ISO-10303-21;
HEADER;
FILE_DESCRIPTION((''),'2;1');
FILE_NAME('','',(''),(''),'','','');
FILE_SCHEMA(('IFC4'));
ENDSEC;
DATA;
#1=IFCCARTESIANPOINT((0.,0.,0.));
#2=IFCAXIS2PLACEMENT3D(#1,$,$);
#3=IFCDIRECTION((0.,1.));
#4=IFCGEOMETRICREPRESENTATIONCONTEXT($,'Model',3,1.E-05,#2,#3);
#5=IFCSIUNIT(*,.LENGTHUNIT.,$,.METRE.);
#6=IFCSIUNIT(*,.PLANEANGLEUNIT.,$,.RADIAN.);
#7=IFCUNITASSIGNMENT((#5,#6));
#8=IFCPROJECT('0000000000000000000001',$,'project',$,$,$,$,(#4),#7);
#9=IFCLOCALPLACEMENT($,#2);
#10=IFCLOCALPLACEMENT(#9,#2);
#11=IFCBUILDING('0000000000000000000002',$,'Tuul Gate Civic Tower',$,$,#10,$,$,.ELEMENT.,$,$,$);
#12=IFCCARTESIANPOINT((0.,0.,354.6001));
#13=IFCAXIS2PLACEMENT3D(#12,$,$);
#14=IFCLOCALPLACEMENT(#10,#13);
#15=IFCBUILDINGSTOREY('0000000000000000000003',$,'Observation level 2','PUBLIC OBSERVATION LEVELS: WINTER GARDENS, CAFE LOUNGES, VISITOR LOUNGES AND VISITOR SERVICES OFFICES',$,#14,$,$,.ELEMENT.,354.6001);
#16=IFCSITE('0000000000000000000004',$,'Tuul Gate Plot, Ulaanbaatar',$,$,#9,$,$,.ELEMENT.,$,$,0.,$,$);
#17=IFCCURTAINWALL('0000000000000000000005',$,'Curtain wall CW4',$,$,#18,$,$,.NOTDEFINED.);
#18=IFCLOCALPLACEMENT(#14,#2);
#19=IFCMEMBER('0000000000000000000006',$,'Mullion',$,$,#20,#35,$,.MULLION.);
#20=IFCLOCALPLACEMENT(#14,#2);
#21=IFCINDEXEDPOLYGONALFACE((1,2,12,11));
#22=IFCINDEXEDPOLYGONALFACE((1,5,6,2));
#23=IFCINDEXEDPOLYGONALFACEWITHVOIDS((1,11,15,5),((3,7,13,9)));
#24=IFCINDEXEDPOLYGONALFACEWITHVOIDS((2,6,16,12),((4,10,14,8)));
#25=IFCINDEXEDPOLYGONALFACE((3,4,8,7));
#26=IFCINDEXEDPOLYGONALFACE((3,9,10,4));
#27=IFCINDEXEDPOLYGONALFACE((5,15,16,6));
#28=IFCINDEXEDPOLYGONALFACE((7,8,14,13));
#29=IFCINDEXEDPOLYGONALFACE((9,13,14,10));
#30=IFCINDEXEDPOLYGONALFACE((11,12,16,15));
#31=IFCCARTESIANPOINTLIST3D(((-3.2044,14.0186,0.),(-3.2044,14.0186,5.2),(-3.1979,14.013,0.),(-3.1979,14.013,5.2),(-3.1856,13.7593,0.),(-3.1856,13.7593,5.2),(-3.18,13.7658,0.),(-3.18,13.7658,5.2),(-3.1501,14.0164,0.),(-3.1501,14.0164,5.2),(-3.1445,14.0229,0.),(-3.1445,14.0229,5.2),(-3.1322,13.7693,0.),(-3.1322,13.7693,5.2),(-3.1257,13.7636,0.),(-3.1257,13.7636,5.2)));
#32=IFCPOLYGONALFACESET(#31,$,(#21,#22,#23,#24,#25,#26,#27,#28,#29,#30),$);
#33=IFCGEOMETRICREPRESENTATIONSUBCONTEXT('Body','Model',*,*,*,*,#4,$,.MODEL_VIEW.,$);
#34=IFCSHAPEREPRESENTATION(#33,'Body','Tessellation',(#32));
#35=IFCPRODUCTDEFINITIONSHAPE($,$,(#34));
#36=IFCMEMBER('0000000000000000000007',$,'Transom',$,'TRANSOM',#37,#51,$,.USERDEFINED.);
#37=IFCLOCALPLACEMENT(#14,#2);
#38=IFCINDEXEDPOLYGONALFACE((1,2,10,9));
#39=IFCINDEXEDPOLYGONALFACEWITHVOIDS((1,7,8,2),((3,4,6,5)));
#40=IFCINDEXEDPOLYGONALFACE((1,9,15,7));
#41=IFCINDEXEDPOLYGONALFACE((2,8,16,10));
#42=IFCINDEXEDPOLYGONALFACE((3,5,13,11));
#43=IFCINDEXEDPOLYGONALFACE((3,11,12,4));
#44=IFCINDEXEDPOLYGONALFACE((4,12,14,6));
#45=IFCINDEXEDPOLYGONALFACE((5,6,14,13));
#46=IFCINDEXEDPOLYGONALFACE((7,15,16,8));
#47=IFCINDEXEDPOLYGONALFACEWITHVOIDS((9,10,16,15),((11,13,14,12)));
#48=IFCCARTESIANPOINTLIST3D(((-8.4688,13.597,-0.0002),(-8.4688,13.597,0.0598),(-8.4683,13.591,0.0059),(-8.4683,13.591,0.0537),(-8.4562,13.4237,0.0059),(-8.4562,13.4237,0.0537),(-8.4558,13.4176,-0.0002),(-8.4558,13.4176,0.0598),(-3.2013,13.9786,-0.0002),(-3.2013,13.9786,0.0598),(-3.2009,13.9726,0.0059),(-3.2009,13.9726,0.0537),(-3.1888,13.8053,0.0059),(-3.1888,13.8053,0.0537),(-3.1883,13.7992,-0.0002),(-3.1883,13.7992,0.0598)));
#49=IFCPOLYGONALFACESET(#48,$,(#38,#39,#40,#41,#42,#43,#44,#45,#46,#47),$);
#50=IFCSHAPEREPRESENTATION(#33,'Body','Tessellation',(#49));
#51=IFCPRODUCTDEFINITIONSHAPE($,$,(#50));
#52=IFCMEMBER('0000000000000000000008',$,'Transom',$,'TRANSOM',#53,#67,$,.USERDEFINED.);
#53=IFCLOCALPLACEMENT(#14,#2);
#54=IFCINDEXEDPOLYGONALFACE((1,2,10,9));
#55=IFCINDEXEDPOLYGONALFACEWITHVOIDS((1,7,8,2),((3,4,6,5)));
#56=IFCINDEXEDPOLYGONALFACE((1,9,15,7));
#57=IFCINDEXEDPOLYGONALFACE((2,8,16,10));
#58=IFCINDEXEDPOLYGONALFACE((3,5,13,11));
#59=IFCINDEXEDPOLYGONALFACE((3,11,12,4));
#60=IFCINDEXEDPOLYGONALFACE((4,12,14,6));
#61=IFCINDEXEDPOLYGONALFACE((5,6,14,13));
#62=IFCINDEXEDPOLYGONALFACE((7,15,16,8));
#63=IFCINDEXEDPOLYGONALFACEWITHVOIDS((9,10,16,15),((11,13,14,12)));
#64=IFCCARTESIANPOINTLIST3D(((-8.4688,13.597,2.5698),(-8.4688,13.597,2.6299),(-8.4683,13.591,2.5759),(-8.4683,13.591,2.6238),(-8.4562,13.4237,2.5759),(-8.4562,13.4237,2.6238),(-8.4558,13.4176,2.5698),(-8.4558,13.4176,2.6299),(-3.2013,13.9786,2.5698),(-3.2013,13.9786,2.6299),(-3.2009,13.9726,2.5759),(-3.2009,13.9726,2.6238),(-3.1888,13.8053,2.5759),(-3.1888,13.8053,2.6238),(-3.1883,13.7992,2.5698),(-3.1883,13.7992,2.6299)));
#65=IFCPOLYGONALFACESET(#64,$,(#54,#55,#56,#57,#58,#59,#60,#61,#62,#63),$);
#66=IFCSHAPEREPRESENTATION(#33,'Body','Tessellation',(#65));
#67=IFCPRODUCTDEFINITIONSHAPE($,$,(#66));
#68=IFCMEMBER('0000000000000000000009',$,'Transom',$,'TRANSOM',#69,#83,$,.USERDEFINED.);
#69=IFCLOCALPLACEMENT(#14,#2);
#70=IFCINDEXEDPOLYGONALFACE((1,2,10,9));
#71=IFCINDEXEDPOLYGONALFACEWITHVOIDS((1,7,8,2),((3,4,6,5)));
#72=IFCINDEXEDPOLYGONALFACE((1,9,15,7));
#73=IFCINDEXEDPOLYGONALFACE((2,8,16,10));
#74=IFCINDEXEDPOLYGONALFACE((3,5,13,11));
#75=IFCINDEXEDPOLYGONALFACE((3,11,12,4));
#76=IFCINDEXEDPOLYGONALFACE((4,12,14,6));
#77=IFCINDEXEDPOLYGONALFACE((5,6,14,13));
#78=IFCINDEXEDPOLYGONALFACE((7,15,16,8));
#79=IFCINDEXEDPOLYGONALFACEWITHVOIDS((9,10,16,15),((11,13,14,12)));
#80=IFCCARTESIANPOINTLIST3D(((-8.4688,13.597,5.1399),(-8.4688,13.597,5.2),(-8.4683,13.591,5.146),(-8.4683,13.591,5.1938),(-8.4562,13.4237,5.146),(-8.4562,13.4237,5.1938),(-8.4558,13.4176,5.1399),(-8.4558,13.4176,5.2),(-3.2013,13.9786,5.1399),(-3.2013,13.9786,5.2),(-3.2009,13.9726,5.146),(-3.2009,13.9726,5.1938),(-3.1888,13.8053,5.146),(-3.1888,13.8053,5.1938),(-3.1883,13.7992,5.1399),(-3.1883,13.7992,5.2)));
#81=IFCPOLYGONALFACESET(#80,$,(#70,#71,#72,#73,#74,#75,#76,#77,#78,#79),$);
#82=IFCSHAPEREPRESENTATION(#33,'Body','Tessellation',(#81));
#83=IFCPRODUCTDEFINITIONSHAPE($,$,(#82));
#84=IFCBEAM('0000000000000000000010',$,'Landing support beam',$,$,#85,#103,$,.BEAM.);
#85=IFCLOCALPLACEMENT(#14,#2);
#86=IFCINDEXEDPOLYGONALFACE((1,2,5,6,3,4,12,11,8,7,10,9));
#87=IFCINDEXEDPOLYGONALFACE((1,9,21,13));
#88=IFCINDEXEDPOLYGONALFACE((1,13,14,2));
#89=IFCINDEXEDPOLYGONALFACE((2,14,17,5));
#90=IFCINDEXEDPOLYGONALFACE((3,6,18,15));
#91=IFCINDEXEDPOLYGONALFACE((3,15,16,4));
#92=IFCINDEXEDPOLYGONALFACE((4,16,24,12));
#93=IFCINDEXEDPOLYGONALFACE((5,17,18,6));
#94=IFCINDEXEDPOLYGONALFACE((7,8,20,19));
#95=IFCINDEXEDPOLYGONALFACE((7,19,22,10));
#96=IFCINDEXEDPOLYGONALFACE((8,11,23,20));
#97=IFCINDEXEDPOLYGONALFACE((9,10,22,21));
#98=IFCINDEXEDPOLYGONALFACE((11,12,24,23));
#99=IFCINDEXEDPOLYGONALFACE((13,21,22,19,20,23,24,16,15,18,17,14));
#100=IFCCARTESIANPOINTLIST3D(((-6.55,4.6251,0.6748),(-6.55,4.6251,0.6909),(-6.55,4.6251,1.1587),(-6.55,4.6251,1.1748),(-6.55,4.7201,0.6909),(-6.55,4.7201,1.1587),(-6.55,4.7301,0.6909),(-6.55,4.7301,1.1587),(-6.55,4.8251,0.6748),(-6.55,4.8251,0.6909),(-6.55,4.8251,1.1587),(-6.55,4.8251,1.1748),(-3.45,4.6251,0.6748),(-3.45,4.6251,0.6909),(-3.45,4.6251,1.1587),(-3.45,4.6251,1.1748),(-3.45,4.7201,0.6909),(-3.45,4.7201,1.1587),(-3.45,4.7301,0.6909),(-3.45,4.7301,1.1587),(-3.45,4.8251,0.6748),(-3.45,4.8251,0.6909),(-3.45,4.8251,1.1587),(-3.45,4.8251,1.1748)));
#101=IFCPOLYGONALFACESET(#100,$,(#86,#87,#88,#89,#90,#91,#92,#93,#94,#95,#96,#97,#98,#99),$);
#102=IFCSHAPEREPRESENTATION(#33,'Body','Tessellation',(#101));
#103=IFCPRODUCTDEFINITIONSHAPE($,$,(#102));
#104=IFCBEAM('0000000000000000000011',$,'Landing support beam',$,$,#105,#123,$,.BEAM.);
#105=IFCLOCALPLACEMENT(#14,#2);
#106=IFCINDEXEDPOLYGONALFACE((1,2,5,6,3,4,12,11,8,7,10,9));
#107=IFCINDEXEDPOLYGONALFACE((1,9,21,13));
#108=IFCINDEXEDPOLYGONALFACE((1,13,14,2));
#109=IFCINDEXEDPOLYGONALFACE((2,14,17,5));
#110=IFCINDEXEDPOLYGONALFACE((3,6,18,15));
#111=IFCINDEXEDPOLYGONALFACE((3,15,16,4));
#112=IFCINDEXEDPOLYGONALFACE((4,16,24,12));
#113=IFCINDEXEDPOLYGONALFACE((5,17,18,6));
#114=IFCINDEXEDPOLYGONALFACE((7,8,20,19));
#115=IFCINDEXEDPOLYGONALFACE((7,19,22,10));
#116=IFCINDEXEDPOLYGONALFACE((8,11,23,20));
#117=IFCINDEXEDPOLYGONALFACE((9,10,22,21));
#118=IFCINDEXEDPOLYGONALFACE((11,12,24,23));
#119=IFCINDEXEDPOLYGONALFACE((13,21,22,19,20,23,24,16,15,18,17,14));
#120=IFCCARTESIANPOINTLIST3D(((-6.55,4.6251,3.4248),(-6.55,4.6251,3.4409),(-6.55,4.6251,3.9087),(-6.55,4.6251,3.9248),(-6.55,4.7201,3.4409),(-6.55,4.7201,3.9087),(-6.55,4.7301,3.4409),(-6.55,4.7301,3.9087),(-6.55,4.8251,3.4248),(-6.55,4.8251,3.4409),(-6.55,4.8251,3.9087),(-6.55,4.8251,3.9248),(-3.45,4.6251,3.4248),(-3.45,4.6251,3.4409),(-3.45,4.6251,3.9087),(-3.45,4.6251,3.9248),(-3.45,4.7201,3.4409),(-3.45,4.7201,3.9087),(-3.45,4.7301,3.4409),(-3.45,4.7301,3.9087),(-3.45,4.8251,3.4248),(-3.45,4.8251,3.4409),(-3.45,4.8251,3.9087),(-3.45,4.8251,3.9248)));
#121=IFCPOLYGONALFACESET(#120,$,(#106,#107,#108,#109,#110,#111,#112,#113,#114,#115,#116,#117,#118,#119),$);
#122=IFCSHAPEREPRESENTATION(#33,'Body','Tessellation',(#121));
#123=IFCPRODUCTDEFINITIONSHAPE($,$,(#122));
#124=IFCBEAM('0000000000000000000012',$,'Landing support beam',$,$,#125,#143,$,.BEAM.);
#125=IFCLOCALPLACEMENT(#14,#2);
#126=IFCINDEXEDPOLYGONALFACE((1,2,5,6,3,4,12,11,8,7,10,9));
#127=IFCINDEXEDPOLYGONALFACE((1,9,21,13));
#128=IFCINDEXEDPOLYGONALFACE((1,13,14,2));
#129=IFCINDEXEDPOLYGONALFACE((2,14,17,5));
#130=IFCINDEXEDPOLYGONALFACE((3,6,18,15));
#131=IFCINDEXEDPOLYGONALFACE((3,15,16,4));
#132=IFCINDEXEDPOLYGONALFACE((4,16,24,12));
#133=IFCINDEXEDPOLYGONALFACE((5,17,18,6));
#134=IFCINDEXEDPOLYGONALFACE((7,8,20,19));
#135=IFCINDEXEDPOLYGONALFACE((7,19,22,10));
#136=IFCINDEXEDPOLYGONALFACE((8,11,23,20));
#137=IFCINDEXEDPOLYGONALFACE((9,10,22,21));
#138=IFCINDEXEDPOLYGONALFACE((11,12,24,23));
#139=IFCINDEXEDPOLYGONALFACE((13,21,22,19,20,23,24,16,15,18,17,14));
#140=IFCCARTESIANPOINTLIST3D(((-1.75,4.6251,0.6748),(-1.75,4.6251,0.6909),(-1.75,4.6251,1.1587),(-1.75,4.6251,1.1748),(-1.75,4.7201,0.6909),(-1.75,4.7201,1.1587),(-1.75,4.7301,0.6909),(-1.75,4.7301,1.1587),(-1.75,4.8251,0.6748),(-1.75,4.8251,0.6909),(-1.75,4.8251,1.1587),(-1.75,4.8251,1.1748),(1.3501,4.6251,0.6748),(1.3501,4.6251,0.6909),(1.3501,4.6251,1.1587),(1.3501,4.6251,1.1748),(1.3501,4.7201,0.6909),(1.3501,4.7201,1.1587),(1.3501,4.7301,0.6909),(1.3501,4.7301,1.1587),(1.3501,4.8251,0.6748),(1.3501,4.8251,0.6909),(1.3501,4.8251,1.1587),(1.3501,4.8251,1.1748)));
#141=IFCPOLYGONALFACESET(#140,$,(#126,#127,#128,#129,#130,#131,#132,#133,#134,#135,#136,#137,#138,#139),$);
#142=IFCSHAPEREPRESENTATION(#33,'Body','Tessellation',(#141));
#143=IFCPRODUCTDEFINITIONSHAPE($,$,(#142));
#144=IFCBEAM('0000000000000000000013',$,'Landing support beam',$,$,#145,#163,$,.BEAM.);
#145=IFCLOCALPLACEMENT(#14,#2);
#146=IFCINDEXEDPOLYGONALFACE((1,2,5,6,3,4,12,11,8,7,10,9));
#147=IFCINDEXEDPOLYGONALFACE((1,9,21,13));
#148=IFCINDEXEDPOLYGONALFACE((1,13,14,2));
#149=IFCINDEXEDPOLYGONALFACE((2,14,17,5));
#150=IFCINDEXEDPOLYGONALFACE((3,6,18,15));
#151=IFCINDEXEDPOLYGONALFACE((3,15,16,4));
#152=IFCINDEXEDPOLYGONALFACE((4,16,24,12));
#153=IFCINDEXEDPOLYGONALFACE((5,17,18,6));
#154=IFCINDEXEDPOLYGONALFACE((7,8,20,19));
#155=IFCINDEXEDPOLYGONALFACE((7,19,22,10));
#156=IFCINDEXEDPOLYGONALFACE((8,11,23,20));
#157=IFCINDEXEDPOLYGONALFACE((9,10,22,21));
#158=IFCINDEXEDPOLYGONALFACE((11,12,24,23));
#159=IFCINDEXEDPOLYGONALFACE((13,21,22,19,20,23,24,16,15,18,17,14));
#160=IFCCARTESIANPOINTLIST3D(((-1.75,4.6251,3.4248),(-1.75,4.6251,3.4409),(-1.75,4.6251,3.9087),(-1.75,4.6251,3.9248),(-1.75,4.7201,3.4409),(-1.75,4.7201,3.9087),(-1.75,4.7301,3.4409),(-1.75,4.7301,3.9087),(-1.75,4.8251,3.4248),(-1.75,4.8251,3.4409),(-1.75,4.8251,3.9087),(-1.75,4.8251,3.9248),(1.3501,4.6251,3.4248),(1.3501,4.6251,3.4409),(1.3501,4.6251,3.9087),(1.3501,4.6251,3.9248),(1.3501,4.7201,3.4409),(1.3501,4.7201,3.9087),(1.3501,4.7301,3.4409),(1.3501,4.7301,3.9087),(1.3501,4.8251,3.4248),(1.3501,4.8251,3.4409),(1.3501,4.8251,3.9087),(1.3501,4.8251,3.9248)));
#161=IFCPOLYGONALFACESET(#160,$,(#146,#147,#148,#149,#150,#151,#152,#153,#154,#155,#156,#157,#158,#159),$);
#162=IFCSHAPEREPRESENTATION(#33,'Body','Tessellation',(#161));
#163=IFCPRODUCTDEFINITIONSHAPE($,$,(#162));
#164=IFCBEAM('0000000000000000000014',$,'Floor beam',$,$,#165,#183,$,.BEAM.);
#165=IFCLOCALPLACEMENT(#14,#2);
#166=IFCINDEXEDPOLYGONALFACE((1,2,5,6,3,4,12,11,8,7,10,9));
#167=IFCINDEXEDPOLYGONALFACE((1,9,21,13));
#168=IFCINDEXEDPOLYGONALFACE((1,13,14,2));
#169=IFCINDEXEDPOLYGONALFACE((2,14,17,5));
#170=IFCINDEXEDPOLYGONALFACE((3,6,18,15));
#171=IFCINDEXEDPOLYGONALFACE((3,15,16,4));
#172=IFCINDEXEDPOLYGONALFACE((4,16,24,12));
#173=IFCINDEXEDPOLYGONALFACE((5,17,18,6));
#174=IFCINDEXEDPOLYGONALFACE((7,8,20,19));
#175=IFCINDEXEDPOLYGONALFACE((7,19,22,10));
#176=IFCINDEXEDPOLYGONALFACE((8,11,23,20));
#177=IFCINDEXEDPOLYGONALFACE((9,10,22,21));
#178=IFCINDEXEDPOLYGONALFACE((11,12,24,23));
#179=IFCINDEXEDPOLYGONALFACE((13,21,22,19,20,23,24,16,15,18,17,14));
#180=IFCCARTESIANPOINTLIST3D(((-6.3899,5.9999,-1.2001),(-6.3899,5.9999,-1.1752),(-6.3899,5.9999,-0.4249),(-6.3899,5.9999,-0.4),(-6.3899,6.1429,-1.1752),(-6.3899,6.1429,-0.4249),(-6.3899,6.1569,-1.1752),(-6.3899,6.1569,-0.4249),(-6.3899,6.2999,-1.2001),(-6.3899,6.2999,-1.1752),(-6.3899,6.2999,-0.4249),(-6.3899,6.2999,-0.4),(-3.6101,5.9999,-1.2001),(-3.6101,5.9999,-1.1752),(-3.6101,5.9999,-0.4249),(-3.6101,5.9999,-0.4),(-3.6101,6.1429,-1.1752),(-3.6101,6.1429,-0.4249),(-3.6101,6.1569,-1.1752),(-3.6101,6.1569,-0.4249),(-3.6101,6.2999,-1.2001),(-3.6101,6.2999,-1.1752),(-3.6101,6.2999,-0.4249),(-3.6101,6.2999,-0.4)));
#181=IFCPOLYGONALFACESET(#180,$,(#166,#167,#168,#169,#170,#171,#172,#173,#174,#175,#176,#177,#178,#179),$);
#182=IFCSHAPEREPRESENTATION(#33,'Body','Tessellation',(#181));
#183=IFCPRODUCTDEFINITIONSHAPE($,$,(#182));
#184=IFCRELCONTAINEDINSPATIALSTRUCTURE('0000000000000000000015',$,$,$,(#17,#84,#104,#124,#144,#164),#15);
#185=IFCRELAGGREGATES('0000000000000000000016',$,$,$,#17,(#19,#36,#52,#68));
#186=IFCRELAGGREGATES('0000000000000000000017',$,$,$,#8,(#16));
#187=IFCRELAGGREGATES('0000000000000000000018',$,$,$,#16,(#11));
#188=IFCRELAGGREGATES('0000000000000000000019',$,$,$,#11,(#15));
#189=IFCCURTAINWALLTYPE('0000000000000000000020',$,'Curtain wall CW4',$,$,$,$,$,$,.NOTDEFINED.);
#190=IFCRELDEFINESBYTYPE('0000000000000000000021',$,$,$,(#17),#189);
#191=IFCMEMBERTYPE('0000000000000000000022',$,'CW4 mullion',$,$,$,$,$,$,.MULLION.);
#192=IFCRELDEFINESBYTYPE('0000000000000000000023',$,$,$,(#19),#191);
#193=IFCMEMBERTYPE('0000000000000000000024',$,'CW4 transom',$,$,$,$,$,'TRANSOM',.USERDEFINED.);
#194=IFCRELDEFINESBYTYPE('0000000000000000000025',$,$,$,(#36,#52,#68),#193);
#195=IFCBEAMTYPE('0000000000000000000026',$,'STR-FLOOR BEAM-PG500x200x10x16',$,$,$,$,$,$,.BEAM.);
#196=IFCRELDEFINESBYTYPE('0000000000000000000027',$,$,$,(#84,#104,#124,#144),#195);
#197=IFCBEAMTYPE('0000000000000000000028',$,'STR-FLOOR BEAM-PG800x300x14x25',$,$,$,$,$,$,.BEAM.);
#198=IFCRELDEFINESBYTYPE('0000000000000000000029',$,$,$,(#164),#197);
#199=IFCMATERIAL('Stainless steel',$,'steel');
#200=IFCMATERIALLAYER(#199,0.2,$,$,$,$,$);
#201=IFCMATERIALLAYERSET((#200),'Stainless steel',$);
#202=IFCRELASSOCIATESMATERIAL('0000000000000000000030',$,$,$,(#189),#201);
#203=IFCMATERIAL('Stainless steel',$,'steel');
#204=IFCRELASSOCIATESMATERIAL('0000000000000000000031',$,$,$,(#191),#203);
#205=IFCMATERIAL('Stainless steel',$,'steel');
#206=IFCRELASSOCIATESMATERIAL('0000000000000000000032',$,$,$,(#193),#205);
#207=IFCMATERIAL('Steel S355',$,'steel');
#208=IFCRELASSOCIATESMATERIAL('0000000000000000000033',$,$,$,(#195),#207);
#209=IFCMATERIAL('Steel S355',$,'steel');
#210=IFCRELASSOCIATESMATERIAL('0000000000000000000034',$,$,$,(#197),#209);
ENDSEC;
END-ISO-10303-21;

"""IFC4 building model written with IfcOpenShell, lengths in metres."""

from ifc_helpers import new_model, si_unit, direction, frame, origin, origin_2d, place, context, subcontext, project, spatial, hollow_rectangle, i_section, extrude, material, layer, layer_set, material_profile, profile_set, type_object, element, aggregate, save


model = new_model("IFC4")

# Units and contexts
model_context = context("Model", 3, precision=1e-05, world=origin(), true_north=direction((0.0, 1.0)))
body_context = subcontext(model_context, "Body", "Model", "MODEL_VIEW")
ifc_project = project(units=[si_unit("LENGTHUNIT", "METRE"), si_unit("PLANEANGLEUNIT", "RADIAN")], contexts=[model_context])

# Site, building, storey
site_placement = place(None, origin())
site = spatial("IfcSite", under=ifc_project, at=site_placement, Name="Tuul Gate Plot, Ulaanbaatar", CompositionType="ELEMENT", RefElevation=0.0)
building_placement = place(site_placement, origin())
building = spatial("IfcBuilding", under=site, at=building_placement, Name="Tuul Gate Civic Tower", CompositionType="ELEMENT")
storey_placement = place(building_placement, frame((0.0, 0.0, 354.6001)))
storey = spatial("IfcBuildingStorey", under=building, at=storey_placement, Name="Observation level 2", Description="PUBLIC OBSERVATION LEVELS: WINTER GARDENS, CAFE LOUNGES, VISITOR LOUNGES AND VISITOR SERVICES OFFICES", CompositionType="ELEMENT", Elevation=354.6001)

# Curtain wall, members
ifc_material_1 = material(Name="Stainless steel", Category="steel")
ifc_layer_1 = layer(ifc_material_1, 0.2)
ifc_layer_set_1 = layer_set([ifc_layer_1], Name="Stainless steel")
curtain_wall_type = type_object("IfcCurtainWallType", Name="Curtain wall CW4", PredefinedType="NOTDEFINED", material=ifc_layer_set_1)
curtain_wall_placement = place(storey_placement, origin())
curtain_wall = element("IfcCurtainWall", 1, at=curtain_wall_placement, inside=storey, type_object=curtain_wall_type, Name="Curtain wall CW4", PredefinedType="NOTDEFINED")
ifc_material_2 = material(Name="Stainless steel", Category="steel")
ifc_material_profile_1 = material_profile(ifc_material_2, hollow_rectangle(XDim=0.26, YDim=0.0601, WallThickness=0.0061, at=origin_2d()), Name="CW4 mullion")
ifc_profile_set_1 = profile_set([ifc_material_profile_1], Name="Stainless steel")
member_type_1 = type_object("IfcMemberType", Name="CW4 mullion", PredefinedType="MULLION", material=ifc_profile_set_1)
member_1_placement = place(storey_placement, frame((-3.165, 13.8911, 0.0), z_axis=(0.0, 0.0, 1.0), x_axis=(0.072239, -0.997387, 0.0)))
member_1 = element("IfcMember", 2, at=member_1_placement, type_object=member_type_1, Name="Mullion", PredefinedType="MULLION", context=body_context, shape_type="SweptSolid", body=[
    extrude(hollow_rectangle(XDim=0.26, YDim=0.0601, WallThickness=0.0061, at=origin_2d()), origin(), (0.0, 0.0, 1.0), 5.2),
])
ifc_material_3 = material(Name="Stainless steel", Category="steel")
ifc_material_profile_2 = material_profile(ifc_material_3, hollow_rectangle(XDim=0.1799, YDim=0.0601, WallThickness=0.0061, at=origin_2d()), Name="CW4 transom")
ifc_profile_set_2 = profile_set([ifc_material_profile_2], Name="Stainless steel")
member_type_2 = type_object("IfcMemberType", Name="CW4 transom", ElementType="TRANSOM", PredefinedType="USERDEFINED", material=ifc_profile_set_2)
member_2_placement = place(storey_placement, frame((-3.1948, 13.8889, 0.0298), z_axis=(-0.997386, -0.072256, 0.0), x_axis=(0.072256, -0.997386, 0.0)))
member_2 = element("IfcMember", 3, at=member_2_placement, type_object=member_type_2, Name="Transom", ObjectType="TRANSOM", PredefinedType="USERDEFINED", context=body_context, shape_type="SweptSolid", body=[
    extrude(hollow_rectangle(XDim=0.1799, YDim=0.0601, WallThickness=0.0061, at=origin_2d()), origin(), (0.0, 0.0, 1.0), 5.2812),
])
member_3_placement = place(storey_placement, frame((-3.1948, 13.8889, 2.5999), z_axis=(-0.997386, -0.072256, 0.0), x_axis=(0.072256, -0.997386, 0.0)))
member_3 = element("IfcMember", 4, at=member_3_placement, type_object=member_type_2, Name="Transom", ObjectType="TRANSOM", PredefinedType="USERDEFINED", context=body_context, shape_type="SweptSolid", body=[
    extrude(hollow_rectangle(XDim=0.1799, YDim=0.0601, WallThickness=0.0061, at=origin_2d()), origin(), (0.0, 0.0, 1.0), 5.2812),
])
member_4_placement = place(storey_placement, frame((-3.1948, 13.8889, 5.1699), z_axis=(-0.997386, -0.072256, 0.0), x_axis=(0.072256, -0.997386, 0.0)))
member_4 = element("IfcMember", 5, at=member_4_placement, type_object=member_type_2, Name="Transom", ObjectType="TRANSOM", PredefinedType="USERDEFINED", context=body_context, shape_type="SweptSolid", body=[
    extrude(hollow_rectangle(XDim=0.1799, YDim=0.0601, WallThickness=0.0061, at=origin_2d()), origin(), (0.0, 0.0, 1.0), 5.2812),
])

# Beams
ifc_material_4 = material(Name="Steel S355", Category="steel")
ifc_material_profile_3 = material_profile(ifc_material_4, i_section(OverallWidth=0.2, OverallDepth=0.5, WebThickness=0.01, FlangeThickness=0.0161, at=origin_2d()), Name="PG500x200x10x16")
ifc_profile_set_3 = profile_set([ifc_material_profile_3], Name="Steel S355")
beam_type_1 = type_object("IfcBeamType", Name="STR-FLOOR BEAM-PG500x200x10x16", PredefinedType="BEAM", material=ifc_profile_set_3)
for number, where, z_axis, x_axis, name in (
    (6, (-6.55, 4.7251, 0.9248), (1.0, 0.0, 0.0), (0.0, 1.0, 0.0), "Landing support beam"),
    (7, (-6.55, 4.7251, 3.6748), (1.0, 0.0, 0.0), (0.0, 1.0, 0.0), "Landing support beam"),
    (8, (-1.75, 4.7251, 0.9248), (1.0, 0.0, 0.0), (0.0, 1.0, 0.0), "Landing support beam"),
    (9, (-1.75, 4.7251, 3.6748), (1.0, 0.0, 0.0), (0.0, 1.0, 0.0), "Landing support beam"),
):
    element("IfcBeam", number, at=place(storey_placement, frame(where, z_axis=z_axis, x_axis=x_axis)), inside=storey, type_object=beam_type_1, Name=name, PredefinedType="BEAM", context=body_context, shape_type="SweptSolid", body=[
        extrude(i_section(OverallWidth=0.2, OverallDepth=0.5, WebThickness=0.01, FlangeThickness=0.0161, at=origin_2d()), origin(), (0.0, 0.0, 1.0), 3.1001),
    ])
ifc_material_5 = material(Name="Steel S355", Category="steel")
ifc_material_profile_4 = material_profile(ifc_material_5, i_section(OverallWidth=0.3, OverallDepth=0.8, WebThickness=0.0139, FlangeThickness=0.0249, at=origin_2d()), Name="PG800x300x14x25")
ifc_profile_set_4 = profile_set([ifc_material_profile_4], Name="Steel S355")
beam_type_2 = type_object("IfcBeamType", Name="STR-FLOOR BEAM-PG800x300x14x25", PredefinedType="BEAM", material=ifc_profile_set_4)
beam_1_placement = place(storey_placement, frame((-6.3899, 6.1499, -0.8), z_axis=(1.0, 0.0, 0.0), x_axis=(0.0, 1.0, 0.0)))
element("IfcBeam", 10, at=beam_1_placement, inside=storey, type_object=beam_type_2, Name="Floor beam", PredefinedType="BEAM", context=body_context, shape_type="SweptSolid", body=[
    extrude(i_section(OverallWidth=0.3, OverallDepth=0.8, WebThickness=0.0139, FlangeThickness=0.0249, at=origin_2d()), origin(), (0.0, 0.0, 1.0), 2.7798),
])

aggregate(curtain_wall, [member_1, member_2, member_3, member_4])

save(model, "model.ifc")
